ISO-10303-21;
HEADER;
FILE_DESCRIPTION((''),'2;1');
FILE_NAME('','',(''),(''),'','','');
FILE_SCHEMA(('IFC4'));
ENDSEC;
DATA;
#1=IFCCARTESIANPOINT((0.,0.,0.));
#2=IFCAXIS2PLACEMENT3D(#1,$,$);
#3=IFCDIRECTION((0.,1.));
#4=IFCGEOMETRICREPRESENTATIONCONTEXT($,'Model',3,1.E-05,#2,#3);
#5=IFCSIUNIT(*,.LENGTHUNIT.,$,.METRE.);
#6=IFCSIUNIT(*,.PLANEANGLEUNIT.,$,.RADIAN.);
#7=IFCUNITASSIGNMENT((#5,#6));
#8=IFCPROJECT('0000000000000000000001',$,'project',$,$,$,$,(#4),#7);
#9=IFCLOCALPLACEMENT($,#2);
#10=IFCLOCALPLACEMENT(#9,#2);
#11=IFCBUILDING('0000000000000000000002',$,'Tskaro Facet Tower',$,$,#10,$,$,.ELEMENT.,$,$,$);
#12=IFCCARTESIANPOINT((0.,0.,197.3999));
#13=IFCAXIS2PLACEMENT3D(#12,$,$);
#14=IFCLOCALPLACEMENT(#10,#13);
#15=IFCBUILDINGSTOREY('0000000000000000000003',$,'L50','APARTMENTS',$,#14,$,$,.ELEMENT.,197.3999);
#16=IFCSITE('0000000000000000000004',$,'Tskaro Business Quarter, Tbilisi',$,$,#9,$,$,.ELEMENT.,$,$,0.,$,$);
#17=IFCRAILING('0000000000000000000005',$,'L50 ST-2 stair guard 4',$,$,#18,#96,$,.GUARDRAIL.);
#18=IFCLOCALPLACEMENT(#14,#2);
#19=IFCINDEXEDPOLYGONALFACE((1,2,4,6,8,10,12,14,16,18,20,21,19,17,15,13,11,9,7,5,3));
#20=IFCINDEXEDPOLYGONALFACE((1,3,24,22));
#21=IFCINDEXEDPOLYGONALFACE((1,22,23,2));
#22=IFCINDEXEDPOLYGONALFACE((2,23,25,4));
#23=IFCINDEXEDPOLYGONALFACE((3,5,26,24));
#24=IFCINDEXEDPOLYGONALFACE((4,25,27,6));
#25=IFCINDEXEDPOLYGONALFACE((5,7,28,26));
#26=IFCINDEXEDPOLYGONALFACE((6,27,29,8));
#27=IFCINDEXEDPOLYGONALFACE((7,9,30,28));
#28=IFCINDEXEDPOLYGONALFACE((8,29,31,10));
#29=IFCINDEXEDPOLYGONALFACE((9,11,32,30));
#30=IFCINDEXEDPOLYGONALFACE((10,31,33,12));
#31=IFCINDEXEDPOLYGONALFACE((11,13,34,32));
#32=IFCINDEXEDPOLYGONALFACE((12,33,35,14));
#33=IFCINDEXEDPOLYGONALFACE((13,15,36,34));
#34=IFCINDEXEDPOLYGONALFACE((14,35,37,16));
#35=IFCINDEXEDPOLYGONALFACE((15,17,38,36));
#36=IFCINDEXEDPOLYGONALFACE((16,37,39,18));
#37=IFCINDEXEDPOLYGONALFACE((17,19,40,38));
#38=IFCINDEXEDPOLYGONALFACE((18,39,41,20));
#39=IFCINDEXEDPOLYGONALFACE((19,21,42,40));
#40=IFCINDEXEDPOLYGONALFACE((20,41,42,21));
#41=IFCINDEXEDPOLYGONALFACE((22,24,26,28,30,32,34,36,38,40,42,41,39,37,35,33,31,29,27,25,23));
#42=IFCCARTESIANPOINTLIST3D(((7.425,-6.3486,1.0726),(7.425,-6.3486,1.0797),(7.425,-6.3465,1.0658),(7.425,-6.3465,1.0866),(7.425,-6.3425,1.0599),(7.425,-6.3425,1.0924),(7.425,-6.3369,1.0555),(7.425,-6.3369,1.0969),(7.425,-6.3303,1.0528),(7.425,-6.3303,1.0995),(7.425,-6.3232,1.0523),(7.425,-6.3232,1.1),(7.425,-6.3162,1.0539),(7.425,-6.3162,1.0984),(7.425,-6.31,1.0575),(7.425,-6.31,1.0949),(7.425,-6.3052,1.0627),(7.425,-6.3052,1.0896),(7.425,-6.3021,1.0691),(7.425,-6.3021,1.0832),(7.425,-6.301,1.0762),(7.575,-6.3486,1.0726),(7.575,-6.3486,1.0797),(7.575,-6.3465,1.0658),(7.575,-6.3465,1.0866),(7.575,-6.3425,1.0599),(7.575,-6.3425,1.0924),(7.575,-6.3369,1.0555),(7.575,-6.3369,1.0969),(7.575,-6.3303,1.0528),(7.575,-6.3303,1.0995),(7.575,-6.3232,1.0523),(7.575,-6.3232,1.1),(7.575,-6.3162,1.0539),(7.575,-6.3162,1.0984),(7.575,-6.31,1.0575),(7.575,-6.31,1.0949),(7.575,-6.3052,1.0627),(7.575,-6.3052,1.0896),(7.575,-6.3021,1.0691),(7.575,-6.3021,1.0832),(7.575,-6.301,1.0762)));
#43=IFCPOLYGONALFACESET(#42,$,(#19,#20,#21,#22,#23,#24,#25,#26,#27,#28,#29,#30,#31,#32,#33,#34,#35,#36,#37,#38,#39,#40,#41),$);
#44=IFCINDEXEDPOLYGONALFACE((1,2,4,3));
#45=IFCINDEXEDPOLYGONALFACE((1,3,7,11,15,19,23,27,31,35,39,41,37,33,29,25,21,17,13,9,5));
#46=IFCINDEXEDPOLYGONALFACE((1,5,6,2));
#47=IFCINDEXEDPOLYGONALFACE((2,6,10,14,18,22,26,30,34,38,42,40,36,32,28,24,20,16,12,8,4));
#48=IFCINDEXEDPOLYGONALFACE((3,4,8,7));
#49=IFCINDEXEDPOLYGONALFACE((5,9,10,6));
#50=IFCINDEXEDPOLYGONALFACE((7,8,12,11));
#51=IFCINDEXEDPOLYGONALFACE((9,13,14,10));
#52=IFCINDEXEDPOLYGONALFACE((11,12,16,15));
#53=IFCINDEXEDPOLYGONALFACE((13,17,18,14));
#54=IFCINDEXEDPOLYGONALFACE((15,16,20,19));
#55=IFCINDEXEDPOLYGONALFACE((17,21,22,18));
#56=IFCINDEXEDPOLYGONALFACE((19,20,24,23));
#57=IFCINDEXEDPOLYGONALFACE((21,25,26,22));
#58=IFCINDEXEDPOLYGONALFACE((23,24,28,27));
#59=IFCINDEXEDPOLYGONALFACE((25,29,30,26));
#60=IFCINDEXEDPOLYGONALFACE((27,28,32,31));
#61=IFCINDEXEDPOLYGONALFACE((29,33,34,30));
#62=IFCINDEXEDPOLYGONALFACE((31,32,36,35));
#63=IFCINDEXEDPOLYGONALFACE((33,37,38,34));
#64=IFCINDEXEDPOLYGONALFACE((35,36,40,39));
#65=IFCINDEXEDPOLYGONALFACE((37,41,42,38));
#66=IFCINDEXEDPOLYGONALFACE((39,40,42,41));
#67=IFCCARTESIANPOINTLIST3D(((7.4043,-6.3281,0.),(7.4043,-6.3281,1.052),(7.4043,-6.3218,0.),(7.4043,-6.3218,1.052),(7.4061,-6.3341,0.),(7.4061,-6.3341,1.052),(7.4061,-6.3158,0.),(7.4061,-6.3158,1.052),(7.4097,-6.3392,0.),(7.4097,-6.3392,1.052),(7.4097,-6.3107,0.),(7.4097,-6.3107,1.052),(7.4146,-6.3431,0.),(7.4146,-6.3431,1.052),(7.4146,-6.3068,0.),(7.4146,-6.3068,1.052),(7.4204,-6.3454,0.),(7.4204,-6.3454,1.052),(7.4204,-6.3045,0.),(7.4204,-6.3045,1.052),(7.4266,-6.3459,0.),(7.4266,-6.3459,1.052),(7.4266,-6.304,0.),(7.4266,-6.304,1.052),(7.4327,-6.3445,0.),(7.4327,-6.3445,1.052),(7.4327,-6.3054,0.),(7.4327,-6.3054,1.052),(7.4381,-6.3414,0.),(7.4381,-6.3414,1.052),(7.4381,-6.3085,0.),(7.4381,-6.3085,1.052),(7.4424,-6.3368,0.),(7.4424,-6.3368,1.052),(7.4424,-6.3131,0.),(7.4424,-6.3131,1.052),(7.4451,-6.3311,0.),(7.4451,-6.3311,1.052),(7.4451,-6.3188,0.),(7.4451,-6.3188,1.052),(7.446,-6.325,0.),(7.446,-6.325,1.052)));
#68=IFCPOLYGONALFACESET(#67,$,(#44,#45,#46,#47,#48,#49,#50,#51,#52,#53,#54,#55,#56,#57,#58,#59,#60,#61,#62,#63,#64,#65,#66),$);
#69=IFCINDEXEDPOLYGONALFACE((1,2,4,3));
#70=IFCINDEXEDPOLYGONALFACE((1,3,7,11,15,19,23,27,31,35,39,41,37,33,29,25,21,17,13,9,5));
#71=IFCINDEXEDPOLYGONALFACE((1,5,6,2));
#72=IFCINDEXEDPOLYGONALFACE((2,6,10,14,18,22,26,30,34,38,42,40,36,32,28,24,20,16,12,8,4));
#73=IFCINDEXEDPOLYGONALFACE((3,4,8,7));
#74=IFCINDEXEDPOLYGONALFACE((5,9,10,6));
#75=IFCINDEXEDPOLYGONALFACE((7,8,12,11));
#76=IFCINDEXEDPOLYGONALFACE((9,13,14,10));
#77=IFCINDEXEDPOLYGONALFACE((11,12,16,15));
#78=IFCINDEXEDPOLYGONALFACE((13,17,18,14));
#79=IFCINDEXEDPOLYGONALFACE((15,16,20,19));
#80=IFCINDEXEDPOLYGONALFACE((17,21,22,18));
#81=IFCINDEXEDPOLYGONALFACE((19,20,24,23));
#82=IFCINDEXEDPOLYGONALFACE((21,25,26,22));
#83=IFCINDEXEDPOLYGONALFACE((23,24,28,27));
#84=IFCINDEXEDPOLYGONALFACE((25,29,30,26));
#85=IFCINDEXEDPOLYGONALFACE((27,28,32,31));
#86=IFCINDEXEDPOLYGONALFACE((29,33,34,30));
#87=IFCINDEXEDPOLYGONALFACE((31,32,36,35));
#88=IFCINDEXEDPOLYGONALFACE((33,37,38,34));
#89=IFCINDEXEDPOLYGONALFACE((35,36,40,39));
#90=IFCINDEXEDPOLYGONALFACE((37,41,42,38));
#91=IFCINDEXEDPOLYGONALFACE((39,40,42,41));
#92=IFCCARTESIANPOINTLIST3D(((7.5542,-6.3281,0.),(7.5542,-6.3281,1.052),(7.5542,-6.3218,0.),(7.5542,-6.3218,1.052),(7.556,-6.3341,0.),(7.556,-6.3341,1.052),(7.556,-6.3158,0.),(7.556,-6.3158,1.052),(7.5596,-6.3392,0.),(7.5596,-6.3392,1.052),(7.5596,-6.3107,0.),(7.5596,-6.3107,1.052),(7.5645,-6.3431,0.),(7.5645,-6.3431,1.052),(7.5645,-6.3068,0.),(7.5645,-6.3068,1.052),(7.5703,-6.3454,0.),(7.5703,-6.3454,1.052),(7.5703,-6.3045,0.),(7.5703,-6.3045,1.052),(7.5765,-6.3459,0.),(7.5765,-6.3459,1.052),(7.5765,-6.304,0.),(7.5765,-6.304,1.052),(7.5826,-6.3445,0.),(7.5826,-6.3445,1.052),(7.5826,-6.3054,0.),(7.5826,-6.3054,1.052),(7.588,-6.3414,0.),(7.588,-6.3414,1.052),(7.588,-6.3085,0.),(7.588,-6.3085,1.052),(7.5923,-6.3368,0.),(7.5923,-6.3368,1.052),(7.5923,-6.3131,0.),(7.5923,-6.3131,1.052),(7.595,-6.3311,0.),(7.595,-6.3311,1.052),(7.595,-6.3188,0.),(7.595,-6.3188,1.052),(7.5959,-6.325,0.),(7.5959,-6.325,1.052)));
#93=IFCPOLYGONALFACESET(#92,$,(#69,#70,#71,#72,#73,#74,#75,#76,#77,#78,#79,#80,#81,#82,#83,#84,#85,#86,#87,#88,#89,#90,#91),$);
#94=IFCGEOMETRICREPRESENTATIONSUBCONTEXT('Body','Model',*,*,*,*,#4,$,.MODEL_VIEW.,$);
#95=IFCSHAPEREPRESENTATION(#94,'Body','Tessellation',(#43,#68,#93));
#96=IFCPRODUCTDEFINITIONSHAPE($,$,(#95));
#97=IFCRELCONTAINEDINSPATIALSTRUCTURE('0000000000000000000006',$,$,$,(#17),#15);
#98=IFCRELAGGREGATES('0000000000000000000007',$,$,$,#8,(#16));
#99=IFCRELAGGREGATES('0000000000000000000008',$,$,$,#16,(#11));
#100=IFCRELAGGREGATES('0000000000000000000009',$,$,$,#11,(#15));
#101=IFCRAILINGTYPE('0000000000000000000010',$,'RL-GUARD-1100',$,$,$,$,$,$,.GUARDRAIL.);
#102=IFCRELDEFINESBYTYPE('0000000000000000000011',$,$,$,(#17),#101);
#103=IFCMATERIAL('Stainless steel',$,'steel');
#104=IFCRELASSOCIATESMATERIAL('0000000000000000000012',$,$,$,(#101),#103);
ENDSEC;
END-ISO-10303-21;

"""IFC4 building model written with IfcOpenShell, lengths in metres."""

from ifc_helpers import new_model, si_unit, direction, frame, origin, origin_2d, place, context, subcontext, project, spatial, circle, extrude, material, type_object, element, save


model = new_model("IFC4")

# Units and contexts
model_context = context("Model", 3, precision=1e-05, world=origin(), true_north=direction((0.0, 1.0)))
body_context = subcontext(model_context, "Body", "Model", "MODEL_VIEW")
ifc_project = project(units=[si_unit("LENGTHUNIT", "METRE"), si_unit("PLANEANGLEUNIT", "RADIAN")], contexts=[model_context])

# Site, building, storey
site_placement = place(None, origin())
site = spatial("IfcSite", under=ifc_project, at=site_placement, Name="Tskaro Business Quarter, Tbilisi", CompositionType="ELEMENT", RefElevation=0.0)
building_placement = place(site_placement, origin())
building = spatial("IfcBuilding", under=site, at=building_placement, Name="Tskaro Facet Tower", CompositionType="ELEMENT")
storey_placement = place(building_placement, frame((0.0, 0.0, 197.3999)))
storey = spatial("IfcBuildingStorey", under=building, at=storey_placement, Name="L50", Description="APARTMENTS", CompositionType="ELEMENT", Elevation=197.3999)

# Shared definitions
ifc_material_1 = material(Name="Stainless steel", Category="steel")

# Railing
railing_type_1 = type_object("IfcRailingType", Name="RL-GUARD-1100", PredefinedType="GUARDRAIL", material=ifc_material_1)
railing_1_placement = place(storey_placement, frame((7.425, -6.325, 0.0)))
element("IfcRailing", 1, at=railing_1_placement, inside=storey, type_object=railing_type_1, Name="L50 ST-2 stair guard 4", PredefinedType="GUARDRAIL", context=body_context, shape_type="SweptSolid", body=[
    extrude(circle(Radius=0.0239, at=origin_2d()), frame((0.0, 0.0, 1.0762), z_axis=(1.0, 0.0, 0.0), x_axis=(0.0, 1.0, 0.0)), (0.0, 0.0, 1.0), 0.1499),
    extrude(circle(Radius=0.021, at=origin_2d()), origin(), (0.0, 0.0, 1.0), 1.052),
    extrude(circle(Radius=0.021, at=origin_2d()), frame((0.1499, 0.0, 0.0)), (0.0, 0.0, 1.0), 1.052),
])

save(model, "model.ifc")
